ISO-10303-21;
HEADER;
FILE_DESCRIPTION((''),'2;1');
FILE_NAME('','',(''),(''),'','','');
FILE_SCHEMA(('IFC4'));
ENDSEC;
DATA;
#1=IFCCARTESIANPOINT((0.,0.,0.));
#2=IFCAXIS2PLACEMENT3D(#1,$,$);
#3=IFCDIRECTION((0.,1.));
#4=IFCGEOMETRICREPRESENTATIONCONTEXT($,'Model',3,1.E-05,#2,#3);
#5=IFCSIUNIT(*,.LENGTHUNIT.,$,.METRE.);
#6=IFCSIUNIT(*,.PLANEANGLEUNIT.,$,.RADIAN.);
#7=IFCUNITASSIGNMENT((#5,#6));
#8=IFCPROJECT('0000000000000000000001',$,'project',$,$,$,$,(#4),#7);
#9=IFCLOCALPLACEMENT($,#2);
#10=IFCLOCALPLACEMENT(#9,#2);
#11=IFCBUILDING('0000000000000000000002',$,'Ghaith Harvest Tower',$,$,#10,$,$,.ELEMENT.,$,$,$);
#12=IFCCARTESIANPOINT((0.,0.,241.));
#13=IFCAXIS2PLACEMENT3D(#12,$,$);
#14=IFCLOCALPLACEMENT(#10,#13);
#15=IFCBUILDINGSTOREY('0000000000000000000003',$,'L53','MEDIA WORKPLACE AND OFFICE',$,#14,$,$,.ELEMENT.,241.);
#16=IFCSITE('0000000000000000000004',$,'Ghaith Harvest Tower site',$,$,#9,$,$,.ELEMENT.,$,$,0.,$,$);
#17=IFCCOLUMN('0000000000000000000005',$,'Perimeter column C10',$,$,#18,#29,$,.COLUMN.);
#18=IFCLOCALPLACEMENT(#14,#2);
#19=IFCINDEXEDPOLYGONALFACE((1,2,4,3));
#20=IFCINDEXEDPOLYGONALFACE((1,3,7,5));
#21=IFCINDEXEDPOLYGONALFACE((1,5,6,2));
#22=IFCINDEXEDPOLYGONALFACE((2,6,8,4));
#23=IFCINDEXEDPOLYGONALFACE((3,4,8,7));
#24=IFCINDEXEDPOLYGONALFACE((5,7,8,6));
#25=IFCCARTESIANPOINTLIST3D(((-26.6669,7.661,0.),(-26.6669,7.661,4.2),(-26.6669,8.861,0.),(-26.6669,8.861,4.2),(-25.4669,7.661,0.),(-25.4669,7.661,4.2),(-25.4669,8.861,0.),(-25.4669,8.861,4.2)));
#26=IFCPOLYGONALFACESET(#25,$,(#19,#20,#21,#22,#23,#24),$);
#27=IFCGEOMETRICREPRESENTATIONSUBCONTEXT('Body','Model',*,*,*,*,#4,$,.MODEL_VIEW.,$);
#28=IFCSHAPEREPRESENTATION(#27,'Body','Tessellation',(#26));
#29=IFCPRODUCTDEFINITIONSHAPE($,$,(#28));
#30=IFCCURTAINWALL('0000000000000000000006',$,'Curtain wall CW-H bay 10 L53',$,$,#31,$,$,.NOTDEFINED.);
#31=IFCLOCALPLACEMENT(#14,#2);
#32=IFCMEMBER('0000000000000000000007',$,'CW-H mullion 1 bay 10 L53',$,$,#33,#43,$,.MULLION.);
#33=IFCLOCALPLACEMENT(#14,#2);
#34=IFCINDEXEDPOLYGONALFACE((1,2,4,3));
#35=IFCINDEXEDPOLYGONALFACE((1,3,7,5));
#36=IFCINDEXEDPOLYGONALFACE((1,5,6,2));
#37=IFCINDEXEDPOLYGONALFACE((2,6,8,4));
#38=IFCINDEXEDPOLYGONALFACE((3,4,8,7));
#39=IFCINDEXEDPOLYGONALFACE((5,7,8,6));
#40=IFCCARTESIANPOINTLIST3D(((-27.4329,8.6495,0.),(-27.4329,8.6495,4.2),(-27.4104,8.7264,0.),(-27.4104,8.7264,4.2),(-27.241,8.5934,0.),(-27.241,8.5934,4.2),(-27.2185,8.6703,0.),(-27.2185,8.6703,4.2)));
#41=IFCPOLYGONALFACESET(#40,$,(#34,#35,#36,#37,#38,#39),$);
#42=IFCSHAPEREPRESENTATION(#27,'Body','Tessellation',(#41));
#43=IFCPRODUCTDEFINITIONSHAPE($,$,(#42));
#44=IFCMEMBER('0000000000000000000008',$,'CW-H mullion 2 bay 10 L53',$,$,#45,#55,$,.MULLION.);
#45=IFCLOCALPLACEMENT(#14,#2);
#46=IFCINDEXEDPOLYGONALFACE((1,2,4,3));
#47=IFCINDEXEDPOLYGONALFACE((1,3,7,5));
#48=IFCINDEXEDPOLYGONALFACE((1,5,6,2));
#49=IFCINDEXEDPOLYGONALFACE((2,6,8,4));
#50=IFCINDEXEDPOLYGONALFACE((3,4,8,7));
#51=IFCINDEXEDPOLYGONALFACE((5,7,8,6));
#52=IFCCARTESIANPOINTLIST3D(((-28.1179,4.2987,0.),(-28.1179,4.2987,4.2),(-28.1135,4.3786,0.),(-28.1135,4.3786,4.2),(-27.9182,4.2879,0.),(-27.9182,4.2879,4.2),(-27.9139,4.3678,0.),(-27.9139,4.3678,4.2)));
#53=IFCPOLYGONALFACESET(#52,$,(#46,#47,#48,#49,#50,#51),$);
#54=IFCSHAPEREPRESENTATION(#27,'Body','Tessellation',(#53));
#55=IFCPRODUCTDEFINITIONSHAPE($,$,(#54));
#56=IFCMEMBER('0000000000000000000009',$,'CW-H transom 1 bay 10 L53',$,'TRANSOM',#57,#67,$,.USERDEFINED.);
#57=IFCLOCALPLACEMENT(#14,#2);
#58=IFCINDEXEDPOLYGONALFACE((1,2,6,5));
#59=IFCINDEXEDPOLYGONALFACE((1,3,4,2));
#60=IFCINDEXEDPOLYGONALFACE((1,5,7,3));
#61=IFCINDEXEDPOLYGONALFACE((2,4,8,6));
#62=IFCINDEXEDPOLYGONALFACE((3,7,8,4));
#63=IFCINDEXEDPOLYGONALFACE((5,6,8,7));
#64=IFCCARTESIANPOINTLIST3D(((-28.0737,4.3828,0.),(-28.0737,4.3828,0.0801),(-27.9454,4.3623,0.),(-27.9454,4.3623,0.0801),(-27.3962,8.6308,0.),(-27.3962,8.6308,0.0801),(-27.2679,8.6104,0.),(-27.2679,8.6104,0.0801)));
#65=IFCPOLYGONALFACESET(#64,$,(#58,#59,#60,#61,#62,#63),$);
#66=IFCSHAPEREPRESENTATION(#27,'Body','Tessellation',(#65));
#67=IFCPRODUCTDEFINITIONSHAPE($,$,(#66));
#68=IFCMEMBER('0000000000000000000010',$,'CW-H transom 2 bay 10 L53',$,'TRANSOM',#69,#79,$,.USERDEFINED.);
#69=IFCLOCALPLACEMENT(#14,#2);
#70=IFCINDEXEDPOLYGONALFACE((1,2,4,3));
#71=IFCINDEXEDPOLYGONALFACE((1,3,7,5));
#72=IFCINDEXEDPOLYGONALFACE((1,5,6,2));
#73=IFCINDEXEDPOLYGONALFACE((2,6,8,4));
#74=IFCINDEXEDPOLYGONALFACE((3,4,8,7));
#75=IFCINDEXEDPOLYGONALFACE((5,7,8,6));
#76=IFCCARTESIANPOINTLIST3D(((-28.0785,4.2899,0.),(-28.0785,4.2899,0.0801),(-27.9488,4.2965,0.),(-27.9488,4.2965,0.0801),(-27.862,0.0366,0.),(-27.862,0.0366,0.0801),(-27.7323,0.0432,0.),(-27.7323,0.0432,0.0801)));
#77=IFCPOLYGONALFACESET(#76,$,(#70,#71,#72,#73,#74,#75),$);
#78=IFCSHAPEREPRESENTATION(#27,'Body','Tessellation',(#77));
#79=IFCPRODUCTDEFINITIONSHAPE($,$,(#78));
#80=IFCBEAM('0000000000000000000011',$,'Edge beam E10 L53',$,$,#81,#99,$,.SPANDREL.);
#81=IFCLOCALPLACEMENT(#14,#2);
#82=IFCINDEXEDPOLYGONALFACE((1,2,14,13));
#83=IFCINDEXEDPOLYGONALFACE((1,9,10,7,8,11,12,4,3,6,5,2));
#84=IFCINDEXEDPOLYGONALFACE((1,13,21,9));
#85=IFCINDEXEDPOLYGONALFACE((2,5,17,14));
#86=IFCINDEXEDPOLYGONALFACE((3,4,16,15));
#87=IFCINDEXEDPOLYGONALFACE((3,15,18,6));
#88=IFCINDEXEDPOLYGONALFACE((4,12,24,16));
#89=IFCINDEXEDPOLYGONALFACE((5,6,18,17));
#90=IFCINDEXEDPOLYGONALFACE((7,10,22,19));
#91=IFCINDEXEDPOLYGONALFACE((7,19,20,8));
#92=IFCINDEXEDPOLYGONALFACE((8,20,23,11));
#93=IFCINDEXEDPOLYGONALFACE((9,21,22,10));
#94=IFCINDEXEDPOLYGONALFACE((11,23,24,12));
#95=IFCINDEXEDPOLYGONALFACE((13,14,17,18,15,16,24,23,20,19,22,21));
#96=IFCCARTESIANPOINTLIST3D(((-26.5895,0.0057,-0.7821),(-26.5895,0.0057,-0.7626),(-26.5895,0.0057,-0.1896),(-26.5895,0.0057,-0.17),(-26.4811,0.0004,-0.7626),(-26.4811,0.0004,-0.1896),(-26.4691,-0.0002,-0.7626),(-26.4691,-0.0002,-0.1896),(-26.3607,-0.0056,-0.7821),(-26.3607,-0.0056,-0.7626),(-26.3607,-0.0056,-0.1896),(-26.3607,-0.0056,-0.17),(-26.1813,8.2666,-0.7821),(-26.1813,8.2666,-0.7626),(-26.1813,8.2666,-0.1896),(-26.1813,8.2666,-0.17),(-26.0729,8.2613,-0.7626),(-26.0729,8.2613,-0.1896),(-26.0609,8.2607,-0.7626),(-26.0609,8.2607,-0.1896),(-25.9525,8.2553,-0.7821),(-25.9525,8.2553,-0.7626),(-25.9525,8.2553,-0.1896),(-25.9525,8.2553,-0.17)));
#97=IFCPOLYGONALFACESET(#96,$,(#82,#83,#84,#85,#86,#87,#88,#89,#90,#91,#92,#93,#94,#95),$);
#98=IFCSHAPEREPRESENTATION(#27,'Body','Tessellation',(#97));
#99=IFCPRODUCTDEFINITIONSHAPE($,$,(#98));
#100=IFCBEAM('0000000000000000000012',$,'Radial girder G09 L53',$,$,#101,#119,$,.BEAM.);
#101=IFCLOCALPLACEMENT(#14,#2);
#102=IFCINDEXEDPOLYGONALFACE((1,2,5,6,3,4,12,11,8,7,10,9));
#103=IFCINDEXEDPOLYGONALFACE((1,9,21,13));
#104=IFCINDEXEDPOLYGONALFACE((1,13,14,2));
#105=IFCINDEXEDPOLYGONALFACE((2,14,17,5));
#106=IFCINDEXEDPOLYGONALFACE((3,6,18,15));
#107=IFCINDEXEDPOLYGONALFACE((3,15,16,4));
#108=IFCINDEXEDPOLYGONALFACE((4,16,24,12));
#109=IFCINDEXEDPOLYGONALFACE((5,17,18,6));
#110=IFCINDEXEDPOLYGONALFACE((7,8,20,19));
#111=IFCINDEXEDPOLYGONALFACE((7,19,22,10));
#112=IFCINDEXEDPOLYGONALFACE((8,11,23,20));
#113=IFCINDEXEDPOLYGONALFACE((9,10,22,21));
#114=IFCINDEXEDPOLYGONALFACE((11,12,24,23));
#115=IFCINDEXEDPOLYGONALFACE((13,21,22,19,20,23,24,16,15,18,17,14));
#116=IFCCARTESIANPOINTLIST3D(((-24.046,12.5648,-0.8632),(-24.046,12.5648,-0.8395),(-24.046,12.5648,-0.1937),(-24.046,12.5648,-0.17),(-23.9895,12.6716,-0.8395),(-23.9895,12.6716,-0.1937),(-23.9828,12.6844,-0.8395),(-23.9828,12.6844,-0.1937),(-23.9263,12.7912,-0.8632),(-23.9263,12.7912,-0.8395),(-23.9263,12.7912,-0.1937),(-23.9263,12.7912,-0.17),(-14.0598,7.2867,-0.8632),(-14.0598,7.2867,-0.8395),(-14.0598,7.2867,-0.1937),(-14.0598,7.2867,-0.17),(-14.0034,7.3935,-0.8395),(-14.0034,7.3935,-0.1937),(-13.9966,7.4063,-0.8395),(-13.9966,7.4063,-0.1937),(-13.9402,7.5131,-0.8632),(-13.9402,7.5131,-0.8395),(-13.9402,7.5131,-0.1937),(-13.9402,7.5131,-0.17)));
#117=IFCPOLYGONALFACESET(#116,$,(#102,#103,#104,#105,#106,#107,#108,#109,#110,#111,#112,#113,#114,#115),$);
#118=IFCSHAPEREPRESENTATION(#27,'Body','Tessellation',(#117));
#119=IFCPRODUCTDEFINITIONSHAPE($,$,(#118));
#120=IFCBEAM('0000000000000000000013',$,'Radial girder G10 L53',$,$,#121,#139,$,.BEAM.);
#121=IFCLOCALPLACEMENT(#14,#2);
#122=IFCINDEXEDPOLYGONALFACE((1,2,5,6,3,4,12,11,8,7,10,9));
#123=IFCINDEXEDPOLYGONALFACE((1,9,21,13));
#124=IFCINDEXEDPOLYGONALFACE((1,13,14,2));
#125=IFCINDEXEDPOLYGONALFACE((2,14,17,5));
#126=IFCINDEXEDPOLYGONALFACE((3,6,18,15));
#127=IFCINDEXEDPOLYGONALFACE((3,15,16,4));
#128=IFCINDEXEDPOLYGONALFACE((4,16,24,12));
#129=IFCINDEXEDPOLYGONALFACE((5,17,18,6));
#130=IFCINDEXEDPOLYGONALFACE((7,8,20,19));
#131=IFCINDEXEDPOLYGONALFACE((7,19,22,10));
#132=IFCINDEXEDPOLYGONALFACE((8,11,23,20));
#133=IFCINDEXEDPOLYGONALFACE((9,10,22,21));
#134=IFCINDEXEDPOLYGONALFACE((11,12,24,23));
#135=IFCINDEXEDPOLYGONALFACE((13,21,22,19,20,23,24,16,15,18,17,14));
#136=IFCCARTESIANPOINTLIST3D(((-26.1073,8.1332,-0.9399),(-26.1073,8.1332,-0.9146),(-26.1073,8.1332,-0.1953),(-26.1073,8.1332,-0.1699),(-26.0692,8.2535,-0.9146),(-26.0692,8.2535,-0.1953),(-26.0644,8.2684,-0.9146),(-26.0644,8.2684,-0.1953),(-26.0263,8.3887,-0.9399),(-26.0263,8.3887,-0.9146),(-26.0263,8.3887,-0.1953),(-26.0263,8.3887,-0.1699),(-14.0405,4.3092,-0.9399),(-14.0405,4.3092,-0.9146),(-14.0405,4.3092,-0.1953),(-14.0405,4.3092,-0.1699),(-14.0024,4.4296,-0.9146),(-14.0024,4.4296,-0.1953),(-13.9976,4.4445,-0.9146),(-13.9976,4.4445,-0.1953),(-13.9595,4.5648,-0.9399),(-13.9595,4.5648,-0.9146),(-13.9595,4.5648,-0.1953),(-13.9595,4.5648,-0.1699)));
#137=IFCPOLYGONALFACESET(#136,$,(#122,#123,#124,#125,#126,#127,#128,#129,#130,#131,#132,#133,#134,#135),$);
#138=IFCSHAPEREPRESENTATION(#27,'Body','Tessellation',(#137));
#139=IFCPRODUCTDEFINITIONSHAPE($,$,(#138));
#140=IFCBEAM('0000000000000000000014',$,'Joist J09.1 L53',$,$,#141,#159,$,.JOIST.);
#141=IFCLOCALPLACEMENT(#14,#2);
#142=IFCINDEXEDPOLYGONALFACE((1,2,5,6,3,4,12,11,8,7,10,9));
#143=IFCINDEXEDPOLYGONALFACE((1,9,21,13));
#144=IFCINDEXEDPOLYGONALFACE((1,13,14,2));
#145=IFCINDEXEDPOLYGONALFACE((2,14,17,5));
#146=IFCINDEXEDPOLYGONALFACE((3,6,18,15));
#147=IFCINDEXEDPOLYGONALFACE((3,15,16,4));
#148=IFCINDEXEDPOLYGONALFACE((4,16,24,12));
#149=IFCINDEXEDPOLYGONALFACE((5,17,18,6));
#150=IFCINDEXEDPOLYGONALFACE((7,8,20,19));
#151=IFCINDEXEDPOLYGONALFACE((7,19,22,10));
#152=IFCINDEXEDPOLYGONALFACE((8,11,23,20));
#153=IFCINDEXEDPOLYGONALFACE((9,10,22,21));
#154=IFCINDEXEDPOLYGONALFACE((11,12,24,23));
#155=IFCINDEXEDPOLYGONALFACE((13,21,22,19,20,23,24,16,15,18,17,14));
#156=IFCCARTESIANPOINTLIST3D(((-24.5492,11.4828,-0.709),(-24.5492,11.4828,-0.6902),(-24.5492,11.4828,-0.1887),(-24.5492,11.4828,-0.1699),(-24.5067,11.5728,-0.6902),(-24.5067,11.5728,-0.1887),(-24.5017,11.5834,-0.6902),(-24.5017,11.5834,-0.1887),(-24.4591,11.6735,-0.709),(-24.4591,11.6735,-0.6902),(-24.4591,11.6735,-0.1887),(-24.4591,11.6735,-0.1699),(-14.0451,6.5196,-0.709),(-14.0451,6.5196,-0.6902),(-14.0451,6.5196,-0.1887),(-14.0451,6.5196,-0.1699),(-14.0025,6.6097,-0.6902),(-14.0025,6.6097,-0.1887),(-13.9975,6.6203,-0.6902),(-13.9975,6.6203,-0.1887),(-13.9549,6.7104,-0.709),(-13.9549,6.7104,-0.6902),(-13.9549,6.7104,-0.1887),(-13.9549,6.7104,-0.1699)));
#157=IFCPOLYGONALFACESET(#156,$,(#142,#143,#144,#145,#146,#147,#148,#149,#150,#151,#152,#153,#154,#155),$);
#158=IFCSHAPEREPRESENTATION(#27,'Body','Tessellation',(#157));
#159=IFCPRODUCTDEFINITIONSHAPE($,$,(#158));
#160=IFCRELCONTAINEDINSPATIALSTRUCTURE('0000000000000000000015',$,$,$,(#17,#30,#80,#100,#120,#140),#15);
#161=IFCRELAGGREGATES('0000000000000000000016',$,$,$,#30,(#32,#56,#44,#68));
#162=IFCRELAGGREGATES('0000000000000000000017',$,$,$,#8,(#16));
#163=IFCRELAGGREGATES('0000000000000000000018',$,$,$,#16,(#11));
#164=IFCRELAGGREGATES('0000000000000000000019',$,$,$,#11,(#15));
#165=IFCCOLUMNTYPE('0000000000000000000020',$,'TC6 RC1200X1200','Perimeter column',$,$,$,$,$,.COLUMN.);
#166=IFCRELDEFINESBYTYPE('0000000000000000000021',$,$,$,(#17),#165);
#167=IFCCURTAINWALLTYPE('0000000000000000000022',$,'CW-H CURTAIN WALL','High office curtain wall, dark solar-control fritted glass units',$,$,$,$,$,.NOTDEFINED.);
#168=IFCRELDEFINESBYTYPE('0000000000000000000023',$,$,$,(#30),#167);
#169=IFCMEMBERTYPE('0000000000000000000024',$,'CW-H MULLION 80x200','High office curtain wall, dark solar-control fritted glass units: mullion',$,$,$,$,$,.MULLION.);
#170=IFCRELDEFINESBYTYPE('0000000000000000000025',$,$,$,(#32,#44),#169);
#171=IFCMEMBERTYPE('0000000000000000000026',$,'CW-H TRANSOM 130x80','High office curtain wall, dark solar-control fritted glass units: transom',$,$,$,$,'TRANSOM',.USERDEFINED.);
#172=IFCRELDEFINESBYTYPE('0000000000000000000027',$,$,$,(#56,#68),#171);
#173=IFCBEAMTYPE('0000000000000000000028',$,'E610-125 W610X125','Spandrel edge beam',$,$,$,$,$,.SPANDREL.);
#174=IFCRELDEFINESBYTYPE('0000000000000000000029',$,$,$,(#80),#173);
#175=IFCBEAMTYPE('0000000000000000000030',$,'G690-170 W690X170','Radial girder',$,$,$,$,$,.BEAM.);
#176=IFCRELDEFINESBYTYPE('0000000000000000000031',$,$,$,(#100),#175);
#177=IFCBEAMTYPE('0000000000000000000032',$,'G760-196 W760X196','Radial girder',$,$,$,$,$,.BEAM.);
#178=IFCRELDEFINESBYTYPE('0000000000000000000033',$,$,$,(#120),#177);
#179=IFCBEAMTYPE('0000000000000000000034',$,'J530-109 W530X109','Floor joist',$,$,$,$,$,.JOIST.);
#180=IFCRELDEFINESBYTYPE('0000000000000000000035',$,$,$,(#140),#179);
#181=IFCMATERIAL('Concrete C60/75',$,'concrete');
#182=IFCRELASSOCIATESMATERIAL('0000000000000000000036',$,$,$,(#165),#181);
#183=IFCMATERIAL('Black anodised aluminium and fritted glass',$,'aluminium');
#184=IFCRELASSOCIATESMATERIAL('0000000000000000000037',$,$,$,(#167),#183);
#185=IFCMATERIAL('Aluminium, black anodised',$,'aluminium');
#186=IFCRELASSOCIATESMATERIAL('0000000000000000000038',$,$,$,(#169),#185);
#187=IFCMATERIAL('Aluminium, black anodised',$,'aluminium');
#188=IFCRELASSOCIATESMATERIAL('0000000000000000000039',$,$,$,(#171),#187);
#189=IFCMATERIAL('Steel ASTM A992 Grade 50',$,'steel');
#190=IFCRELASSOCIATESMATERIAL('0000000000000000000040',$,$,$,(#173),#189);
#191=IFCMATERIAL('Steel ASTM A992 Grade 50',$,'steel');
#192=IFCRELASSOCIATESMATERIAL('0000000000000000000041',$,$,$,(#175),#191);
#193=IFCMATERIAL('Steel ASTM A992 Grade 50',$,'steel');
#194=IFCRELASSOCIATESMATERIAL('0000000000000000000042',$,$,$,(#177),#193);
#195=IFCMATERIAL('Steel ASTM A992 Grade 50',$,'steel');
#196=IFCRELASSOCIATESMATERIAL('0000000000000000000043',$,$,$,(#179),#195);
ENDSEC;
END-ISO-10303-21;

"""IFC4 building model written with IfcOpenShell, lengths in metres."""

from ifc_helpers import new_model, si_unit, direction, frame, origin, origin_2d, place, context, subcontext, project, spatial, rectangle, i_section, extrude, material, material_profile, profile_set, type_object, element, aggregate, save


model = new_model("IFC4")

# Units and contexts
model_context = context("Model", 3, precision=1e-05, world=origin(), true_north=direction((0.0, 1.0)))
body_context = subcontext(model_context, "Body", "Model", "MODEL_VIEW")
ifc_project = project(units=[si_unit("LENGTHUNIT", "METRE"), si_unit("PLANEANGLEUNIT", "RADIAN")], contexts=[model_context])

# Site, building, storey
site_placement = place(None, origin())
site = spatial("IfcSite", under=ifc_project, at=site_placement, Name="Ghaith Harvest Tower site", CompositionType="ELEMENT", RefElevation=0.0)
building_placement = place(site_placement, origin())
building = spatial("IfcBuilding", under=site, at=building_placement, Name="Ghaith Harvest Tower", CompositionType="ELEMENT")
storey_placement = place(building_placement, frame((0.0, 0.0, 241.0)))
storey = spatial("IfcBuildingStorey", under=building, at=storey_placement, Name="L53", Description="MEDIA WORKPLACE AND OFFICE", CompositionType="ELEMENT", Elevation=241.0)

# Column
ifc_material_1 = material(Name="Concrete C60/75", Category="concrete")
ifc_material_profile_1 = material_profile(ifc_material_1, rectangle(XDim=1.2, YDim=1.2, at=origin_2d()), Name="RC1200X1200")
ifc_profile_set_1 = profile_set([ifc_material_profile_1], Name="Concrete C60/75")
column_type = type_object("IfcColumnType", Name="TC6 RC1200X1200", Description="Perimeter column", PredefinedType="COLUMN", material=ifc_profile_set_1)
column_placement = place(storey_placement, frame((-26.0669, 8.261, 0.0), z_axis=(0.0, 0.0, 1.0), x_axis=(1.0, 0.0, 0.0)))
element("IfcColumn", 1, at=column_placement, inside=storey, type_object=column_type, Name="Perimeter column C10", PredefinedType="COLUMN", context=body_context, shape_type="SweptSolid", body=[
    extrude(rectangle(XDim=1.2, YDim=1.2, at=origin_2d()), origin(), (0.0, 0.0, 1.0), 4.2),
])

# Curtain wall, members
ifc_material_2 = material(Name="Black anodised aluminium and fritted glass", Category="aluminium")
curtain_wall_type = type_object("IfcCurtainWallType", Name="CW-H CURTAIN WALL", Description="High office curtain wall, dark solar-control fritted glass units", PredefinedType="NOTDEFINED", material=ifc_material_2)
curtain_wall_placement = place(storey_placement, origin())
curtain_wall = element("IfcCurtainWall", 2, at=curtain_wall_placement, inside=storey, type_object=curtain_wall_type, Name="Curtain wall CW-H bay 10 L53", PredefinedType="NOTDEFINED")
ifc_material_3 = material(Name="Aluminium, black anodised", Category="aluminium")
ifc_material_profile_2 = material_profile(ifc_material_3, rectangle(XDim=0.0801, YDim=0.2, at=origin_2d()), Name="CW-H MULLION 80x200")
ifc_profile_set_2 = profile_set([ifc_material_profile_2], Name="Aluminium, black anodised")
member_type_1 = type_object("IfcMemberType", Name="CW-H MULLION 80x200", Description="High office curtain wall, dark solar-control fritted glass units: mullion", PredefinedType="MULLION", material=ifc_profile_set_2)
member_1_placement = place(storey_placement, frame((-27.3257, 8.6599, 0.0), z_axis=(0.0, 0.0, 1.0), x_axis=(-0.28052, -0.959848, 0.0)))
member_1 = element("IfcMember", 3, at=member_1_placement, type_object=member_type_1, Name="CW-H mullion 1 bay 10 L53", PredefinedType="MULLION", context=body_context, shape_type="SweptSolid", body=[
    extrude(rectangle(XDim=0.0801, YDim=0.2, at=origin_2d()), origin(), (0.0, 0.0, 1.0), 4.2),
])
member_2_placement = place(storey_placement, frame((-28.0159, 4.3333, 0.0), z_axis=(0.0, 0.0, 1.0), x_axis=(-0.054116, -0.998535, 0.0)))
member_2 = element("IfcMember", 4, at=member_2_placement, type_object=member_type_1, Name="CW-H mullion 2 bay 10 L53", PredefinedType="MULLION", context=body_context, shape_type="SweptSolid", body=[
    extrude(rectangle(XDim=0.0801, YDim=0.2, at=origin_2d()), origin(), (0.0, 0.0, 1.0), 4.2),
])
ifc_material_4 = material(Name="Aluminium, black anodised", Category="aluminium")
ifc_material_profile_3 = material_profile(ifc_material_4, rectangle(XDim=0.1299, YDim=0.0801, at=origin_2d()), Name="CW-H TRANSOM 130x80")
ifc_profile_set_3 = profile_set([ifc_material_profile_3], Name="Aluminium, black anodised")
member_type_2 = type_object("IfcMemberType", Name="CW-H TRANSOM 130x80", Description="High office curtain wall, dark solar-control fritted glass units: transom", ElementType="TRANSOM", PredefinedType="USERDEFINED", material=ifc_profile_set_3)
member_3_placement = place(storey_placement, frame((-27.332, 8.6206, 0.04), z_axis=(-0.157492, -0.98752, 0.0), x_axis=(0.98752, -0.157492, 0.0)))
member_3 = element("IfcMember", 5, at=member_3_placement, type_object=member_type_2, Name="CW-H transom 1 bay 10 L53", ObjectType="TRANSOM", PredefinedType="USERDEFINED", context=body_context, shape_type="SweptSolid", body=[
    extrude(rectangle(XDim=0.1299, YDim=0.0801, at=origin_2d()), origin(), (0.0, 0.0, 1.0), 4.3018),
])
member_4_placement = place(storey_placement, frame((-28.0137, 4.2932, 0.04), z_axis=(0.05085, -0.998706, 0.0), x_axis=(0.998706, 0.05085, 0.0)))
member_4 = element("IfcMember", 6, at=member_4_placement, type_object=member_type_2, Name="CW-H transom 2 bay 10 L53", ObjectType="TRANSOM", PredefinedType="USERDEFINED", context=body_context, shape_type="SweptSolid", body=[
    extrude(rectangle(XDim=0.1299, YDim=0.0801, at=origin_2d()), origin(), (0.0, 0.0, 1.0), 4.2588),
])

# Beams
ifc_material_5 = material(Name="Steel ASTM A992 Grade 50", Category="steel")
ifc_material_profile_4 = material_profile(ifc_material_5, i_section(OverallWidth=0.229, OverallDepth=0.6121, WebThickness=0.012, FlangeThickness=0.0195, at=origin_2d()), Name="W610X125")
ifc_profile_set_4 = profile_set([ifc_material_profile_4], Name="Steel ASTM A992 Grade 50")
beam_type_1 = type_object("IfcBeamType", Name="E610-125 W610X125", Description="Spandrel edge beam", PredefinedType="SPANDREL", material=ifc_profile_set_4)
beam_1_placement = place(storey_placement, frame((-26.0669, 8.261, -0.4761), z_axis=(-0.049353, -0.998781, 0.0), x_axis=(0.998781, -0.049353, 0.0)))
element("IfcBeam", 7, at=beam_1_placement, inside=storey, type_object=beam_type_1, Name="Edge beam E10 L53", PredefinedType="SPANDREL", context=body_context, shape_type="SweptSolid", body=[
    extrude(i_section(OverallWidth=0.229, OverallDepth=0.6121, WebThickness=0.012, FlangeThickness=0.0195, at=origin_2d()), origin(), (0.0, 0.0, 1.0), 8.271),
])
ifc_material_6 = material(Name="Steel ASTM A992 Grade 50", Category="steel")
ifc_material_profile_5 = material_profile(ifc_material_6, i_section(OverallWidth=0.2561, OverallDepth=0.6931, WebThickness=0.0144, FlangeThickness=0.0237, at=origin_2d()), Name="W690X170")
ifc_profile_set_5 = profile_set([ifc_material_profile_5], Name="Steel ASTM A992 Grade 50")
beam_type_2 = type_object("IfcBeamType", Name="G690-170 W690X170", Description="Radial girder", PredefinedType="BEAM", material=ifc_profile_set_5)
beam_2_placement = place(storey_placement, frame((-14.0, 7.3999, -0.5166), z_axis=(-0.884105, 0.467288, 0.0), x_axis=(-0.467288, -0.884105, 0.0)))
element("IfcBeam", 8, at=beam_2_placement, inside=storey, type_object=beam_type_2, Name="Radial girder G09 L53", PredefinedType="BEAM", context=body_context, shape_type="SweptSolid", body=[
    extrude(i_section(OverallWidth=0.2561, OverallDepth=0.6931, WebThickness=0.0144, FlangeThickness=0.0237, at=origin_2d()), origin(), (0.0, 0.0, 1.0), 11.2952),
])
ifc_material_7 = material(Name="Steel ASTM A992 Grade 50", Category="steel")
ifc_material_profile_6 = material_profile(ifc_material_7, i_section(OverallWidth=0.2681, OverallDepth=0.77, WebThickness=0.0156, FlangeThickness=0.0254, at=origin_2d()), Name="W760X196")
ifc_profile_set_6 = profile_set([ifc_material_profile_6], Name="Steel ASTM A992 Grade 50")
beam_type_3 = type_object("IfcBeamType", Name="G760-196 W760X196", Description="Radial girder", PredefinedType="BEAM", material=ifc_profile_set_6)
beam_3_placement = place(storey_placement, frame((-14.0, 4.437, -0.5549), z_axis=(-0.953279, 0.302092, 0.0), x_axis=(-0.302092, -0.953279, 0.0)))
element("IfcBeam", 9, at=beam_3_placement, inside=storey, type_object=beam_type_3, Name="Radial girder G10 L53", PredefinedType="BEAM", context=body_context, shape_type="SweptSolid", body=[
    extrude(i_section(OverallWidth=0.2681, OverallDepth=0.77, WebThickness=0.0156, FlangeThickness=0.0254, at=origin_2d()), origin(), (0.0, 0.0, 1.0), 12.6582),
])
ifc_material_8 = material(Name="Steel ASTM A992 Grade 50", Category="steel")
ifc_material_profile_7 = material_profile(ifc_material_8, i_section(OverallWidth=0.2109, OverallDepth=0.5391, WebThickness=0.0117, FlangeThickness=0.0188, at=origin_2d()), Name="W530X109")
ifc_profile_set_7 = profile_set([ifc_material_profile_7], Name="Steel ASTM A992 Grade 50")
beam_type_4 = type_object("IfcBeamType", Name="J530-109 W530X109", Description="Floor joist", PredefinedType="JOIST", material=ifc_profile_set_7)
beam_4_placement = place(storey_placement, frame((-14.0, 6.615, -0.4395), z_axis=(-0.904154, 0.427206, 0.0), x_axis=(-0.427206, -0.904154, 0.0)))
element("IfcBeam", 10, at=beam_4_placement, inside=storey, type_object=beam_type_4, Name="Joist J09.1 L53", PredefinedType="JOIST", context=body_context, shape_type="SweptSolid", body=[
    extrude(i_section(OverallWidth=0.2109, OverallDepth=0.5391, WebThickness=0.0117, FlangeThickness=0.0188, at=origin_2d()), origin(), (0.0, 0.0, 1.0), 11.6177),
])

aggregate(curtain_wall, [member_1, member_3, member_2, member_4])

save(model, "model.ifc")
